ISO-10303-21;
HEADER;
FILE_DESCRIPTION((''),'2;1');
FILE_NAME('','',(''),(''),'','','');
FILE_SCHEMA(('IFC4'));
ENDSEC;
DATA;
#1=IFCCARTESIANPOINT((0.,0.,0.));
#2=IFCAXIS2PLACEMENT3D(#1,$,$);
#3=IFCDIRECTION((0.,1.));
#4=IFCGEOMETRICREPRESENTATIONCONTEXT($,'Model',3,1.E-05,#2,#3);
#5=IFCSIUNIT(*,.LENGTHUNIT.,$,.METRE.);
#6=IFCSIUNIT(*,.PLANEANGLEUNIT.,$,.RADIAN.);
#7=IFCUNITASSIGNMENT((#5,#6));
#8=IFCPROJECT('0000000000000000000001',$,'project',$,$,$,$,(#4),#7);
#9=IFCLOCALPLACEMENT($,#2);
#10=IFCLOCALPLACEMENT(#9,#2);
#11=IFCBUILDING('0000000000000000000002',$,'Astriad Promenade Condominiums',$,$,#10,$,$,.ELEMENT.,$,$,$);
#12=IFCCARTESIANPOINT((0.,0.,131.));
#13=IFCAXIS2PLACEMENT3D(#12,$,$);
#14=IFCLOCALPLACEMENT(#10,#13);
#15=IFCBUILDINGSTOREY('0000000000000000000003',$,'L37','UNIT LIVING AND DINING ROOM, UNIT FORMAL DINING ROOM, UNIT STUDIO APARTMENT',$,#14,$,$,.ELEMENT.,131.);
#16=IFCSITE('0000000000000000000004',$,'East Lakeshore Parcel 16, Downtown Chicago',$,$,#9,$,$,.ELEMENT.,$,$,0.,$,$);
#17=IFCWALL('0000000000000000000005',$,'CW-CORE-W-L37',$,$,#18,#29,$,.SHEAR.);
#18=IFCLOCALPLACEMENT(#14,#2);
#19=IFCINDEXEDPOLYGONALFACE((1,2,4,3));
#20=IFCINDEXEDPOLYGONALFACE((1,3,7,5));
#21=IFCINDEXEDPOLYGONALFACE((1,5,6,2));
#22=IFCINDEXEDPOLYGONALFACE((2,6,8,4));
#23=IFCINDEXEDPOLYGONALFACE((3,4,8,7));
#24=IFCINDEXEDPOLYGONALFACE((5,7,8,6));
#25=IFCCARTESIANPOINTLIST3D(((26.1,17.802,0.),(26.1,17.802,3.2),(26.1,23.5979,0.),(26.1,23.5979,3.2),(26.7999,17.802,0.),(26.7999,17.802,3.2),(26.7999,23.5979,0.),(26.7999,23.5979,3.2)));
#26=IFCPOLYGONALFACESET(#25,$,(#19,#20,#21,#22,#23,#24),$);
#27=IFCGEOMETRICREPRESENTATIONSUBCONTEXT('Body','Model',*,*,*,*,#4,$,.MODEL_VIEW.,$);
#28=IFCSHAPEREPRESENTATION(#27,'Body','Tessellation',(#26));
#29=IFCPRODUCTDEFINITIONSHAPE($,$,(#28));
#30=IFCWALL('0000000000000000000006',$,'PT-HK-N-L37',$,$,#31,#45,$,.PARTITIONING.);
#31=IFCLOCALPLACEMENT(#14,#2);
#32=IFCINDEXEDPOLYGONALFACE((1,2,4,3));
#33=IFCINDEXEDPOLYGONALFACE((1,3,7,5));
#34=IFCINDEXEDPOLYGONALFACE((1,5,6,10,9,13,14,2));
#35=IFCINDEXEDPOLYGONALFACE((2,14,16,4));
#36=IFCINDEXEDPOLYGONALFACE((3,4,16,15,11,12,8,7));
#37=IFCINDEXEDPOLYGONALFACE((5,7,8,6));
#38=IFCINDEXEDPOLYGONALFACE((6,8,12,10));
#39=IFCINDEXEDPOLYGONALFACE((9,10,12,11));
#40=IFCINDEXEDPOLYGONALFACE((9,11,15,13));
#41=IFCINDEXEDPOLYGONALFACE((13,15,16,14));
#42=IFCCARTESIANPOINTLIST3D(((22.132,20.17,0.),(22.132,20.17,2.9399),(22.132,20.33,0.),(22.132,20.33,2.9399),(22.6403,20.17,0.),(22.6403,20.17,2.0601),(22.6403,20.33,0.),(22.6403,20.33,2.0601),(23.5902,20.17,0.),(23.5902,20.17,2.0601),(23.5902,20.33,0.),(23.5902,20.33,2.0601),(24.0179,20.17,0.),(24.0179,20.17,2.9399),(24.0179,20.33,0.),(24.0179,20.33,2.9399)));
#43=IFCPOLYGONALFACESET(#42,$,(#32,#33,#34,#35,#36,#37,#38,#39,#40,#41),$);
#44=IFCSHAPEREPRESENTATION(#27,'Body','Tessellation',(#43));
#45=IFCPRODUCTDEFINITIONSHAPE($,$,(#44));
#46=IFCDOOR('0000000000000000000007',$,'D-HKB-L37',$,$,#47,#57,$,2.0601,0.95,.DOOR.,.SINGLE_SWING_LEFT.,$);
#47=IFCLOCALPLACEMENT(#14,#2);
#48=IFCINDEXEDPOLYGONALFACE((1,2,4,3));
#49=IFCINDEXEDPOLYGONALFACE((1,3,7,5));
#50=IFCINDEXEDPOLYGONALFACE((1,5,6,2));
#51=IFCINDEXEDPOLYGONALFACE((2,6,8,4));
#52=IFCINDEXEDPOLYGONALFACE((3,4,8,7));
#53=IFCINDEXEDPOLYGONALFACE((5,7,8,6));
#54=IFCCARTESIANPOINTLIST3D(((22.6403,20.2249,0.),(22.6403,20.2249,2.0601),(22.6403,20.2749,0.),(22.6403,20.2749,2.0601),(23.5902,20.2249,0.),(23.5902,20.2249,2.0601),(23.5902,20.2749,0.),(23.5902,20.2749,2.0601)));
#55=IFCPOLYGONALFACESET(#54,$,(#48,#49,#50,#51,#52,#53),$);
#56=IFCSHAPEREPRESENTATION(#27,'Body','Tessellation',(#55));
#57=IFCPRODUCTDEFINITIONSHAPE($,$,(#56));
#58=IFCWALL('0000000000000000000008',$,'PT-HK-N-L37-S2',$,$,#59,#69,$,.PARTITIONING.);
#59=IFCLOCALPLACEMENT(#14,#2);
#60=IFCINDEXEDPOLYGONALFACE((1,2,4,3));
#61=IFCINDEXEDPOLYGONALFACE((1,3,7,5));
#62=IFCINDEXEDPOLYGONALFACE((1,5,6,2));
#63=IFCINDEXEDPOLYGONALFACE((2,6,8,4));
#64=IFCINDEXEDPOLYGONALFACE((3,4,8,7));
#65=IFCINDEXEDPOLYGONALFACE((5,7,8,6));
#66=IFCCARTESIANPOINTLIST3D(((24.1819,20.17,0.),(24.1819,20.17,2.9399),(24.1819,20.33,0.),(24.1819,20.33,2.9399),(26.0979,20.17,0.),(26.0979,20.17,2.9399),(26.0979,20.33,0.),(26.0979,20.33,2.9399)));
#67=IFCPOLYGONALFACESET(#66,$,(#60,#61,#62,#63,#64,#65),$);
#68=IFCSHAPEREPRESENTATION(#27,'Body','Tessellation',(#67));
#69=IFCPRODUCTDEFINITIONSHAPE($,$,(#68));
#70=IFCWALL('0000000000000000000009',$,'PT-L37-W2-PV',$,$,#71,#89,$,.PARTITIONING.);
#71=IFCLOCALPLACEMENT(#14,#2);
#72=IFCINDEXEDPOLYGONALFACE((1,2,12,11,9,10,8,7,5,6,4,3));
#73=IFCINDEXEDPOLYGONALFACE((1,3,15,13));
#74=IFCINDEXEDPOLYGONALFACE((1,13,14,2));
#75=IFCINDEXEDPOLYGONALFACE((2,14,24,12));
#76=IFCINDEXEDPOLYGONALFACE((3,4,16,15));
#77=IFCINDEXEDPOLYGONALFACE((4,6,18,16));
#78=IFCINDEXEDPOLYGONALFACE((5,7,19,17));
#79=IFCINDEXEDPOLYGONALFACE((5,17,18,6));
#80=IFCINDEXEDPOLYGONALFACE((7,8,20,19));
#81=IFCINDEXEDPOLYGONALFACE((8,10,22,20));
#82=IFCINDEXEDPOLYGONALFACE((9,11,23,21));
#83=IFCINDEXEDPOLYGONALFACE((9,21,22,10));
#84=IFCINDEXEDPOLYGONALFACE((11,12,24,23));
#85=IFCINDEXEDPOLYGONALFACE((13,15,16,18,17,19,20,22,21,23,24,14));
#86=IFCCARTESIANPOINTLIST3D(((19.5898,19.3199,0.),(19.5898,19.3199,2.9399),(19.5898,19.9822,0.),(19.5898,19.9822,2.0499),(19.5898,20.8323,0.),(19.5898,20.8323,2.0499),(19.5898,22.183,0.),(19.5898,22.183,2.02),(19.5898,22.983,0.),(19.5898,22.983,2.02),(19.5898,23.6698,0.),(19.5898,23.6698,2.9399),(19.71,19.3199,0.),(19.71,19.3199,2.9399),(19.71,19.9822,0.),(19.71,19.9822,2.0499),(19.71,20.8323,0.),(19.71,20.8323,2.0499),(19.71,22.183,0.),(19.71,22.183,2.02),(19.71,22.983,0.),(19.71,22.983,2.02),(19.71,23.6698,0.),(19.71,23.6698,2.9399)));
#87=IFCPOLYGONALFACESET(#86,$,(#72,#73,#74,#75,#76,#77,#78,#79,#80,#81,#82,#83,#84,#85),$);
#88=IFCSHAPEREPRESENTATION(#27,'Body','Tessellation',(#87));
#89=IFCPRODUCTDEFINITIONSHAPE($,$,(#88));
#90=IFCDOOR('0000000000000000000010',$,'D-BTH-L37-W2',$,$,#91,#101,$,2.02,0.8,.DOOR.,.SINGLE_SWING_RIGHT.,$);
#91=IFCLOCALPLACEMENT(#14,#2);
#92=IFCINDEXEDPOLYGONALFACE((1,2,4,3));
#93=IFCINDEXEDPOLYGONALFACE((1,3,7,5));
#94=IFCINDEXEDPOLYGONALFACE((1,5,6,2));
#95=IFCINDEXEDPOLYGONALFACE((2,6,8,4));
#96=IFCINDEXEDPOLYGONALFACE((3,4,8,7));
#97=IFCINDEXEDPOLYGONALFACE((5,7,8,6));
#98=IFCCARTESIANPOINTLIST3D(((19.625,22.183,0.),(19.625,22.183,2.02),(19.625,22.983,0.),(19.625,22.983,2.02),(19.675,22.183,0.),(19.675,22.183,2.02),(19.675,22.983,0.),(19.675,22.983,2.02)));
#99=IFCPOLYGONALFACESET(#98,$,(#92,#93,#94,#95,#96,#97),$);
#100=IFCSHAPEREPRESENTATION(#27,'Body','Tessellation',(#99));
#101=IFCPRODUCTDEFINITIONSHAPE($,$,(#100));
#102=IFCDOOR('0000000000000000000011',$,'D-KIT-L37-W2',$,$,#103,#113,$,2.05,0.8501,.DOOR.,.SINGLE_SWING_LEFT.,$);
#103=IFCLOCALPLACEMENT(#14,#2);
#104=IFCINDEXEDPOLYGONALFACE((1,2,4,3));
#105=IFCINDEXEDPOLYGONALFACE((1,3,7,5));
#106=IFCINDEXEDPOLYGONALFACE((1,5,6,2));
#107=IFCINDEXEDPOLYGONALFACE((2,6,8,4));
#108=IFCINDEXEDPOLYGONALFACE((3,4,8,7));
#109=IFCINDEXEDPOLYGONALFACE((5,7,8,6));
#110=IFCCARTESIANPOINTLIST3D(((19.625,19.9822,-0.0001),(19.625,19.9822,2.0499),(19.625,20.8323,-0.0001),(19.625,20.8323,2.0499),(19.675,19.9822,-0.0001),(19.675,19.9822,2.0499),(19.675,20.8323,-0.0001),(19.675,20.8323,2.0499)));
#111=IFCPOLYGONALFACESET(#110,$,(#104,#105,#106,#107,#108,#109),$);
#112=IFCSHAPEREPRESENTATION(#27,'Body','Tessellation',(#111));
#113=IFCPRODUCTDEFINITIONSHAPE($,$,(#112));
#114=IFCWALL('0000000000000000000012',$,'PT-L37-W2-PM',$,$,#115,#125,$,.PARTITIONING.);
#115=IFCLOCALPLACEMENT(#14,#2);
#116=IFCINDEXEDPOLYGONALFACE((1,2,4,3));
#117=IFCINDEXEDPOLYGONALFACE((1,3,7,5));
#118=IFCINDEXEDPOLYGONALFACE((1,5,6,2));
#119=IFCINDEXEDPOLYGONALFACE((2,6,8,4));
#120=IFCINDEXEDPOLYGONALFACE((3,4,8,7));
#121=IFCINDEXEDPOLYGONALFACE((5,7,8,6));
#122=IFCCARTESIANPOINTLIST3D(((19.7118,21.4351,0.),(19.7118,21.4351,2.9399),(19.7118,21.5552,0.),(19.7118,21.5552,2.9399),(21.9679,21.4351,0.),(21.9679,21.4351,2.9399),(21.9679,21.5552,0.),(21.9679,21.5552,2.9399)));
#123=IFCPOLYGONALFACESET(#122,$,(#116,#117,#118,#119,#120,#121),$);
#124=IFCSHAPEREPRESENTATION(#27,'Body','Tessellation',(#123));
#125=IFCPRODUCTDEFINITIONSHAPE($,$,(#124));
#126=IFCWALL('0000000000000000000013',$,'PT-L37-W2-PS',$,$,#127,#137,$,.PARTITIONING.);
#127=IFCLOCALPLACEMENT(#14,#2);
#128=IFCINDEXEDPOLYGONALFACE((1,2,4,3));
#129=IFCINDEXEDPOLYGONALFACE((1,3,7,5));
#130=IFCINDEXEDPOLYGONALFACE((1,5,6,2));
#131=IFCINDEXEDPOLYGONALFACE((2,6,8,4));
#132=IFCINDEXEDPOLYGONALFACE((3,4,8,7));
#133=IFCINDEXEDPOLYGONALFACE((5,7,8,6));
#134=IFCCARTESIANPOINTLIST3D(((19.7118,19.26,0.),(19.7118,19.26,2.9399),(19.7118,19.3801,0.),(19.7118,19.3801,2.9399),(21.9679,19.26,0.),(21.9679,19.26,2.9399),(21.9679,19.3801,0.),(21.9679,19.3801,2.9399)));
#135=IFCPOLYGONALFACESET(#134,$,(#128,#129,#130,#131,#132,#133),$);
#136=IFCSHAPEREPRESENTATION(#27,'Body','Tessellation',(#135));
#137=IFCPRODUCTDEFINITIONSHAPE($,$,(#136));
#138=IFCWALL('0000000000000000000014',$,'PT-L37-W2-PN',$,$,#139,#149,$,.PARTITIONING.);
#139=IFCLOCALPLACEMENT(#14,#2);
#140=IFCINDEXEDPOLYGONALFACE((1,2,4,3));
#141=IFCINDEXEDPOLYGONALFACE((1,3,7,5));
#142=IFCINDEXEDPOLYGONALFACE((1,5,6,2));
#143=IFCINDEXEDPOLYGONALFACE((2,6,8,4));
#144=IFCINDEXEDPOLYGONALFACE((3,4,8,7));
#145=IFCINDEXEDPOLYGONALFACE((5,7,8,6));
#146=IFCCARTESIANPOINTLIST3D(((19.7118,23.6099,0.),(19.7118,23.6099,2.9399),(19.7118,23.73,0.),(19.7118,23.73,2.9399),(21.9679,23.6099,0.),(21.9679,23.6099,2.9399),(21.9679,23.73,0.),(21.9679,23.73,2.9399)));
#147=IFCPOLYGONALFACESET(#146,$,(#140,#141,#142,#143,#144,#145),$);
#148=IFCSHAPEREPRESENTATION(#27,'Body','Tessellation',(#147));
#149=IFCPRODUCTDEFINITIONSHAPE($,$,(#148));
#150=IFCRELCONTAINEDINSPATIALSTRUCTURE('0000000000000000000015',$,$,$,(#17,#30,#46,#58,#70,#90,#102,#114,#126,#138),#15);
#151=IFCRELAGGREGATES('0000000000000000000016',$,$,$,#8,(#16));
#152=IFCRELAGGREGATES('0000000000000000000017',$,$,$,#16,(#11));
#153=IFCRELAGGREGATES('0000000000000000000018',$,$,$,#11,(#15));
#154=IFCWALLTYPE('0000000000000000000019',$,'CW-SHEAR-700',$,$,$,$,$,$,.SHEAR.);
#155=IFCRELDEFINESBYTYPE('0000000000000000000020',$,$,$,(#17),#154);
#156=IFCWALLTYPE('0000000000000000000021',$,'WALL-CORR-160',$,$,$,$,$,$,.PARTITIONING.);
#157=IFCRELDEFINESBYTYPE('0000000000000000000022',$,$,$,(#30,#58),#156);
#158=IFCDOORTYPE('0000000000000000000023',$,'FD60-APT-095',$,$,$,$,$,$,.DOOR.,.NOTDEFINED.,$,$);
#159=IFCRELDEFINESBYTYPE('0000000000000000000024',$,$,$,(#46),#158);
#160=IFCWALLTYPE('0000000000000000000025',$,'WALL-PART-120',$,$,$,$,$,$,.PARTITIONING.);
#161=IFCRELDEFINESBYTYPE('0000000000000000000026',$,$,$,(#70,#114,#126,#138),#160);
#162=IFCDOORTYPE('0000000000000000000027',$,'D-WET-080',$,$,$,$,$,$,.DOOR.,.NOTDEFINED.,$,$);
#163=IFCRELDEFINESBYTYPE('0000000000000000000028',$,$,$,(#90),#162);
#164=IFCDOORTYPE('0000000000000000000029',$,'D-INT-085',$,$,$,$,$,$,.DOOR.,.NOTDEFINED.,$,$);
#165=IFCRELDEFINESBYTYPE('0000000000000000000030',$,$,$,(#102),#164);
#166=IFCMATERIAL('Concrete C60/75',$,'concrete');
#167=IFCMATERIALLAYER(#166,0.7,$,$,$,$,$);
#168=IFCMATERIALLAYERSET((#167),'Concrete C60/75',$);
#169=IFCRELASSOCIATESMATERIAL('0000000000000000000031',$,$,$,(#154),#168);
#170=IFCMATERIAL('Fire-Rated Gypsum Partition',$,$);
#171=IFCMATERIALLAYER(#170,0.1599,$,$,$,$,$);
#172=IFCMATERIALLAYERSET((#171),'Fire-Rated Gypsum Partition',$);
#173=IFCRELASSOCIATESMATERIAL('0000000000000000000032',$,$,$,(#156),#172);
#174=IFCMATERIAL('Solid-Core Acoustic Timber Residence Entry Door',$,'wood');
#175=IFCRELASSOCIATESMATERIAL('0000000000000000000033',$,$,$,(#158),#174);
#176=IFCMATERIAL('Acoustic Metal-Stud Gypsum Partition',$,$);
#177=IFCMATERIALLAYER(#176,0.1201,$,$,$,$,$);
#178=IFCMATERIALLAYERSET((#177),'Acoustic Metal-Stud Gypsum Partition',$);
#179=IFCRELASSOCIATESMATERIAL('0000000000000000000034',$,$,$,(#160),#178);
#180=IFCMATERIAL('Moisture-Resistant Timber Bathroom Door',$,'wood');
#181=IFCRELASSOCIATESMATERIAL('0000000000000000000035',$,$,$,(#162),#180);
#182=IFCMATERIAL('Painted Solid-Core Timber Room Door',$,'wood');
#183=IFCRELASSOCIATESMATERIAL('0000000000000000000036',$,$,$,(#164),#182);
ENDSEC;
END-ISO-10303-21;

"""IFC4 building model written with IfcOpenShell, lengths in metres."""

from ifc_helpers import new_model, si_unit, direction, frame, frame_2d, origin, place, context, subcontext, project, spatial, rectangle, extrude, source, transform, mapped, material, layer, layer_set, type_object, type_shapes, element, fill, save


model = new_model("IFC4")

# Units and contexts
model_context = context("Model", 3, precision=1e-05, world=origin(), true_north=direction((0.0, 1.0)))
body_context = subcontext(model_context, "Body", "Model", "MODEL_VIEW")
ifc_project = project(units=[si_unit("LENGTHUNIT", "METRE"), si_unit("PLANEANGLEUNIT", "RADIAN")], contexts=[model_context])

# Site, building, storey
site_placement = place(None, origin())
site = spatial("IfcSite", under=ifc_project, at=site_placement, Name="East Lakeshore Parcel 16, Downtown Chicago", CompositionType="ELEMENT", RefElevation=0.0)
building_placement = place(site_placement, origin())
building = spatial("IfcBuilding", under=site, at=building_placement, Name="Astriad Promenade Condominiums", CompositionType="ELEMENT")
storey_placement = place(building_placement, frame((0.0, 0.0, 131.0)))
storey = spatial("IfcBuildingStorey", under=building, at=storey_placement, Name="L37", Description="UNIT LIVING AND DINING ROOM, UNIT FORMAL DINING ROOM, UNIT STUDIO APARTMENT", CompositionType="ELEMENT", Elevation=131.0)

# Shared definitions
ifc_material_1 = material(Name="Concrete C60/75", Category="concrete")

# Shared definitions
ifc_layer_1 = layer(ifc_material_1, 0.7)
ifc_layer_set_1 = layer_set([ifc_layer_1], Name="Concrete C60/75")
wall_type_1 = type_object("IfcWallType", Name="CW-SHEAR-700", PredefinedType="SHEAR", material=ifc_layer_set_1)

# Wall
wall_1_placement = place(storey_placement, frame((26.45, 17.802, 0.0), z_axis=(0.0, 0.0, 1.0), x_axis=(0.0, 1.0, 0.0)))
element("IfcWall", 1, at=wall_1_placement, inside=storey, type_object=wall_type_1, Name="CW-CORE-W-L37", PredefinedType="SHEAR", context=body_context, shape_type="SweptSolid", body=[
    extrude(rectangle(XDim=5.7959, YDim=0.7, at=frame_2d((2.8979, 0.0))), origin(), (0.0, 0.0, 1.0), 3.2),
])

# Wall, opening, door
ifc_material_2 = material(Name="Fire-Rated Gypsum Partition")
ifc_layer_2 = layer(ifc_material_2, 0.1599)
ifc_layer_set_2 = layer_set([ifc_layer_2], Name="Fire-Rated Gypsum Partition")
wall_type_2 = type_object("IfcWallType", Name="WALL-CORR-160", PredefinedType="PARTITIONING", material=ifc_layer_set_2)
wall_2_placement = place(storey_placement, frame((22.1321, 20.25, 0.0), z_axis=(0.0, 0.0, 1.0), x_axis=(1.0, 0.0, 0.0)))
wall_2 = element("IfcWall", 2, at=wall_2_placement, inside=storey, type_object=wall_type_2, Name="PT-HK-N-L37", PredefinedType="PARTITIONING", context=body_context, shape_type="SweptSolid", body=[
    extrude(rectangle(XDim=1.886, YDim=0.1599, at=frame_2d((0.9429, 0.0))), origin(), (0.0, 0.0, 1.0), 2.9399),
])
opening_1_placement = place(wall_2_placement, frame((0.5081, 0.0, 0.0)))
opening_1 = element("IfcOpeningElement", 3, at=opening_1_placement, cuts=wall_2, PredefinedType="OPENING", context=body_context, shape_type="SweptSolid", body=[
    extrude(rectangle(XDim=0.95, YDim=2.0601, at=frame_2d((0.4751, 1.03))), frame((0.0, 0.0898, 0.0), z_axis=(0.0, -1.0, 0.0), x_axis=(1.0, 0.0, 0.0)), (0.0, 0.0, 1.0), 0.1799),
])
ifc_material_3 = material(Name="Solid-Core Acoustic Timber Residence Entry Door", Category="wood")
door_type_1 = type_object("IfcDoorType", Name="FD60-APT-095", OperationType="NOTDEFINED", PredefinedType="DOOR", material=ifc_material_3)
shared_shape_1 = source(origin(), body_context, "Body", "SweptSolid", [
    extrude(rectangle(XDim=0.95, YDim=2.0601, at=frame_2d((0.4751, 1.03))), frame((0.0, 0.0249, 0.0), z_axis=(0.0, -1.0, 0.0), x_axis=(1.0, 0.0, 0.0)), (0.0, 0.0, 1.0), 0.05),
])
type_shapes(door_type_1, [shared_shape_1])
door_1_placement = place(opening_1_placement, origin())
door_1 = element("IfcDoor", 4, at=door_1_placement, inside=storey, type_object=door_type_1, Name="D-HKB-L37", OperationType="SINGLE_SWING_LEFT", OverallHeight=2.0601, OverallWidth=0.95, PredefinedType="DOOR", context=body_context, shape_type="MappedRepresentation", body=[
    mapped(shared_shape_1, transform((0.0, 0.0, 0.0), scale=1.0)),
])
fill(opening_1, door_1)

# Wall
wall_3_placement = place(storey_placement, frame((24.1819, 20.25, 0.0), z_axis=(0.0, 0.0, 1.0), x_axis=(1.0, 0.0, 0.0)))
element("IfcWall", 5, at=wall_3_placement, inside=storey, type_object=wall_type_2, Name="PT-HK-N-L37-S2", PredefinedType="PARTITIONING", context=body_context, shape_type="SweptSolid", body=[
    extrude(rectangle(XDim=1.916, YDim=0.1599, at=frame_2d((0.958, 0.0))), origin(), (0.0, 0.0, 1.0), 2.9399),
])

# Wall, openings, doors
ifc_material_4 = material(Name="Acoustic Metal-Stud Gypsum Partition")
ifc_layer_3 = layer(ifc_material_4, 0.1201)
ifc_layer_set_3 = layer_set([ifc_layer_3], Name="Acoustic Metal-Stud Gypsum Partition")
wall_type_3 = type_object("IfcWallType", Name="WALL-PART-120", PredefinedType="PARTITIONING", material=ifc_layer_set_3)
wall_4_placement = place(storey_placement, frame((19.6499, 19.3201, 0.0), z_axis=(0.0, 0.0, 1.0), x_axis=(0.0, 1.0, 0.0)))
wall_4 = element("IfcWall", 6, at=wall_4_placement, inside=storey, type_object=wall_type_3, Name="PT-L37-W2-PV", PredefinedType="PARTITIONING", context=body_context, shape_type="SweptSolid", body=[
    extrude(rectangle(XDim=4.3499, YDim=0.1201, at=frame_2d((2.1748, 0.0))), origin(), (0.0, 0.0, 1.0), 2.9399),
])
opening_2_placement = place(wall_4_placement, frame((0.6621, 0.0, 0.0)))
opening_2 = element("IfcOpeningElement", 7, at=opening_2_placement, cuts=wall_4, PredefinedType="OPENING", context=body_context, shape_type="SweptSolid", body=[
    extrude(rectangle(XDim=0.8501, YDim=2.05, at=frame_2d((0.425, 1.0249))), frame((0.0, 0.0701, 0.0), z_axis=(0.0, -1.0, 0.0), x_axis=(1.0, 0.0, 0.0)), (0.0, 0.0, 1.0), 0.1401),
])
opening_3_placement = place(wall_4_placement, frame((2.863, 0.0, 0.0)))
opening_3 = element("IfcOpeningElement", 8, at=opening_3_placement, cuts=wall_4, PredefinedType="OPENING", context=body_context, shape_type="SweptSolid", body=[
    extrude(rectangle(XDim=0.8, YDim=2.02, at=frame_2d((0.3999, 1.01))), frame((0.0, 0.0701, 0.0), z_axis=(0.0, -1.0, 0.0), x_axis=(1.0, 0.0, 0.0)), (0.0, 0.0, 1.0), 0.1401),
])
ifc_material_5 = material(Name="Moisture-Resistant Timber Bathroom Door", Category="wood")
door_type_2 = type_object("IfcDoorType", Name="D-WET-080", OperationType="NOTDEFINED", PredefinedType="DOOR", material=ifc_material_5)
shared_shape_2 = source(origin(), body_context, "Body", "SweptSolid", [
    extrude(rectangle(XDim=0.8, YDim=2.02, at=frame_2d((0.3999, 1.01))), frame((0.0, 0.0249, 0.0), z_axis=(0.0, -1.0, 0.0), x_axis=(1.0, 0.0, 0.0)), (0.0, 0.0, 1.0), 0.05),
])
type_shapes(door_type_2, [shared_shape_2])
door_2_placement = place(opening_3_placement, origin())
door_2 = element("IfcDoor", 9, at=door_2_placement, inside=storey, type_object=door_type_2, Name="D-BTH-L37-W2", OperationType="SINGLE_SWING_RIGHT", OverallHeight=2.02, OverallWidth=0.8, PredefinedType="DOOR", context=body_context, shape_type="MappedRepresentation", body=[
    mapped(shared_shape_2, transform((0.0, 0.0, 0.0), scale=1.0)),
])
fill(opening_3, door_2)
ifc_material_6 = material(Name="Painted Solid-Core Timber Room Door", Category="wood")
door_type_3 = type_object("IfcDoorType", Name="D-INT-085", OperationType="NOTDEFINED", PredefinedType="DOOR", material=ifc_material_6)
shared_shape_3 = source(origin(), body_context, "Body", "SweptSolid", [
    extrude(rectangle(XDim=0.8501, YDim=2.05, at=frame_2d((0.425, 1.0249))), frame((0.0, 0.0249, 0.0), z_axis=(0.0, -1.0, 0.0), x_axis=(1.0, 0.0, 0.0)), (0.0, 0.0, 1.0), 0.05),
])
type_shapes(door_type_3, [shared_shape_3])
door_3_placement = place(opening_2_placement, origin())
door_3 = element("IfcDoor", 10, at=door_3_placement, inside=storey, type_object=door_type_3, Name="D-KIT-L37-W2", OperationType="SINGLE_SWING_LEFT", OverallHeight=2.05, OverallWidth=0.8501, PredefinedType="DOOR", context=body_context, shape_type="MappedRepresentation", body=[
    mapped(shared_shape_3, transform((0.0, 0.0, 0.0), scale=1.0)),
])
fill(opening_2, door_3)

# Walls
for number, where, z_axis, x_axis, name in (
    (11, (19.7119, 21.4951, 0.0), (0.0, 0.0, 1.0), (1.0, 0.0, 0.0), "PT-L37-W2-PM"),
    (12, (19.7119, 19.3201, 0.0), (0.0, 0.0, 1.0), (1.0, 0.0, 0.0), "PT-L37-W2-PS"),
    (13, (19.7119, 23.6699, 0.0), (0.0, 0.0, 1.0), (1.0, 0.0, 0.0), "PT-L37-W2-PN"),
):
    element("IfcWall", number, at=place(storey_placement, frame(where, z_axis=z_axis, x_axis=x_axis)), inside=storey, type_object=wall_type_3, Name=name, PredefinedType="PARTITIONING", context=body_context, shape_type="SweptSolid", body=[
        extrude(rectangle(XDim=2.2561, YDim=0.1201, at=frame_2d((1.1279, 0.0))), origin(), (0.0, 0.0, 1.0), 2.9399),
    ])

save(model, "model.ifc")
